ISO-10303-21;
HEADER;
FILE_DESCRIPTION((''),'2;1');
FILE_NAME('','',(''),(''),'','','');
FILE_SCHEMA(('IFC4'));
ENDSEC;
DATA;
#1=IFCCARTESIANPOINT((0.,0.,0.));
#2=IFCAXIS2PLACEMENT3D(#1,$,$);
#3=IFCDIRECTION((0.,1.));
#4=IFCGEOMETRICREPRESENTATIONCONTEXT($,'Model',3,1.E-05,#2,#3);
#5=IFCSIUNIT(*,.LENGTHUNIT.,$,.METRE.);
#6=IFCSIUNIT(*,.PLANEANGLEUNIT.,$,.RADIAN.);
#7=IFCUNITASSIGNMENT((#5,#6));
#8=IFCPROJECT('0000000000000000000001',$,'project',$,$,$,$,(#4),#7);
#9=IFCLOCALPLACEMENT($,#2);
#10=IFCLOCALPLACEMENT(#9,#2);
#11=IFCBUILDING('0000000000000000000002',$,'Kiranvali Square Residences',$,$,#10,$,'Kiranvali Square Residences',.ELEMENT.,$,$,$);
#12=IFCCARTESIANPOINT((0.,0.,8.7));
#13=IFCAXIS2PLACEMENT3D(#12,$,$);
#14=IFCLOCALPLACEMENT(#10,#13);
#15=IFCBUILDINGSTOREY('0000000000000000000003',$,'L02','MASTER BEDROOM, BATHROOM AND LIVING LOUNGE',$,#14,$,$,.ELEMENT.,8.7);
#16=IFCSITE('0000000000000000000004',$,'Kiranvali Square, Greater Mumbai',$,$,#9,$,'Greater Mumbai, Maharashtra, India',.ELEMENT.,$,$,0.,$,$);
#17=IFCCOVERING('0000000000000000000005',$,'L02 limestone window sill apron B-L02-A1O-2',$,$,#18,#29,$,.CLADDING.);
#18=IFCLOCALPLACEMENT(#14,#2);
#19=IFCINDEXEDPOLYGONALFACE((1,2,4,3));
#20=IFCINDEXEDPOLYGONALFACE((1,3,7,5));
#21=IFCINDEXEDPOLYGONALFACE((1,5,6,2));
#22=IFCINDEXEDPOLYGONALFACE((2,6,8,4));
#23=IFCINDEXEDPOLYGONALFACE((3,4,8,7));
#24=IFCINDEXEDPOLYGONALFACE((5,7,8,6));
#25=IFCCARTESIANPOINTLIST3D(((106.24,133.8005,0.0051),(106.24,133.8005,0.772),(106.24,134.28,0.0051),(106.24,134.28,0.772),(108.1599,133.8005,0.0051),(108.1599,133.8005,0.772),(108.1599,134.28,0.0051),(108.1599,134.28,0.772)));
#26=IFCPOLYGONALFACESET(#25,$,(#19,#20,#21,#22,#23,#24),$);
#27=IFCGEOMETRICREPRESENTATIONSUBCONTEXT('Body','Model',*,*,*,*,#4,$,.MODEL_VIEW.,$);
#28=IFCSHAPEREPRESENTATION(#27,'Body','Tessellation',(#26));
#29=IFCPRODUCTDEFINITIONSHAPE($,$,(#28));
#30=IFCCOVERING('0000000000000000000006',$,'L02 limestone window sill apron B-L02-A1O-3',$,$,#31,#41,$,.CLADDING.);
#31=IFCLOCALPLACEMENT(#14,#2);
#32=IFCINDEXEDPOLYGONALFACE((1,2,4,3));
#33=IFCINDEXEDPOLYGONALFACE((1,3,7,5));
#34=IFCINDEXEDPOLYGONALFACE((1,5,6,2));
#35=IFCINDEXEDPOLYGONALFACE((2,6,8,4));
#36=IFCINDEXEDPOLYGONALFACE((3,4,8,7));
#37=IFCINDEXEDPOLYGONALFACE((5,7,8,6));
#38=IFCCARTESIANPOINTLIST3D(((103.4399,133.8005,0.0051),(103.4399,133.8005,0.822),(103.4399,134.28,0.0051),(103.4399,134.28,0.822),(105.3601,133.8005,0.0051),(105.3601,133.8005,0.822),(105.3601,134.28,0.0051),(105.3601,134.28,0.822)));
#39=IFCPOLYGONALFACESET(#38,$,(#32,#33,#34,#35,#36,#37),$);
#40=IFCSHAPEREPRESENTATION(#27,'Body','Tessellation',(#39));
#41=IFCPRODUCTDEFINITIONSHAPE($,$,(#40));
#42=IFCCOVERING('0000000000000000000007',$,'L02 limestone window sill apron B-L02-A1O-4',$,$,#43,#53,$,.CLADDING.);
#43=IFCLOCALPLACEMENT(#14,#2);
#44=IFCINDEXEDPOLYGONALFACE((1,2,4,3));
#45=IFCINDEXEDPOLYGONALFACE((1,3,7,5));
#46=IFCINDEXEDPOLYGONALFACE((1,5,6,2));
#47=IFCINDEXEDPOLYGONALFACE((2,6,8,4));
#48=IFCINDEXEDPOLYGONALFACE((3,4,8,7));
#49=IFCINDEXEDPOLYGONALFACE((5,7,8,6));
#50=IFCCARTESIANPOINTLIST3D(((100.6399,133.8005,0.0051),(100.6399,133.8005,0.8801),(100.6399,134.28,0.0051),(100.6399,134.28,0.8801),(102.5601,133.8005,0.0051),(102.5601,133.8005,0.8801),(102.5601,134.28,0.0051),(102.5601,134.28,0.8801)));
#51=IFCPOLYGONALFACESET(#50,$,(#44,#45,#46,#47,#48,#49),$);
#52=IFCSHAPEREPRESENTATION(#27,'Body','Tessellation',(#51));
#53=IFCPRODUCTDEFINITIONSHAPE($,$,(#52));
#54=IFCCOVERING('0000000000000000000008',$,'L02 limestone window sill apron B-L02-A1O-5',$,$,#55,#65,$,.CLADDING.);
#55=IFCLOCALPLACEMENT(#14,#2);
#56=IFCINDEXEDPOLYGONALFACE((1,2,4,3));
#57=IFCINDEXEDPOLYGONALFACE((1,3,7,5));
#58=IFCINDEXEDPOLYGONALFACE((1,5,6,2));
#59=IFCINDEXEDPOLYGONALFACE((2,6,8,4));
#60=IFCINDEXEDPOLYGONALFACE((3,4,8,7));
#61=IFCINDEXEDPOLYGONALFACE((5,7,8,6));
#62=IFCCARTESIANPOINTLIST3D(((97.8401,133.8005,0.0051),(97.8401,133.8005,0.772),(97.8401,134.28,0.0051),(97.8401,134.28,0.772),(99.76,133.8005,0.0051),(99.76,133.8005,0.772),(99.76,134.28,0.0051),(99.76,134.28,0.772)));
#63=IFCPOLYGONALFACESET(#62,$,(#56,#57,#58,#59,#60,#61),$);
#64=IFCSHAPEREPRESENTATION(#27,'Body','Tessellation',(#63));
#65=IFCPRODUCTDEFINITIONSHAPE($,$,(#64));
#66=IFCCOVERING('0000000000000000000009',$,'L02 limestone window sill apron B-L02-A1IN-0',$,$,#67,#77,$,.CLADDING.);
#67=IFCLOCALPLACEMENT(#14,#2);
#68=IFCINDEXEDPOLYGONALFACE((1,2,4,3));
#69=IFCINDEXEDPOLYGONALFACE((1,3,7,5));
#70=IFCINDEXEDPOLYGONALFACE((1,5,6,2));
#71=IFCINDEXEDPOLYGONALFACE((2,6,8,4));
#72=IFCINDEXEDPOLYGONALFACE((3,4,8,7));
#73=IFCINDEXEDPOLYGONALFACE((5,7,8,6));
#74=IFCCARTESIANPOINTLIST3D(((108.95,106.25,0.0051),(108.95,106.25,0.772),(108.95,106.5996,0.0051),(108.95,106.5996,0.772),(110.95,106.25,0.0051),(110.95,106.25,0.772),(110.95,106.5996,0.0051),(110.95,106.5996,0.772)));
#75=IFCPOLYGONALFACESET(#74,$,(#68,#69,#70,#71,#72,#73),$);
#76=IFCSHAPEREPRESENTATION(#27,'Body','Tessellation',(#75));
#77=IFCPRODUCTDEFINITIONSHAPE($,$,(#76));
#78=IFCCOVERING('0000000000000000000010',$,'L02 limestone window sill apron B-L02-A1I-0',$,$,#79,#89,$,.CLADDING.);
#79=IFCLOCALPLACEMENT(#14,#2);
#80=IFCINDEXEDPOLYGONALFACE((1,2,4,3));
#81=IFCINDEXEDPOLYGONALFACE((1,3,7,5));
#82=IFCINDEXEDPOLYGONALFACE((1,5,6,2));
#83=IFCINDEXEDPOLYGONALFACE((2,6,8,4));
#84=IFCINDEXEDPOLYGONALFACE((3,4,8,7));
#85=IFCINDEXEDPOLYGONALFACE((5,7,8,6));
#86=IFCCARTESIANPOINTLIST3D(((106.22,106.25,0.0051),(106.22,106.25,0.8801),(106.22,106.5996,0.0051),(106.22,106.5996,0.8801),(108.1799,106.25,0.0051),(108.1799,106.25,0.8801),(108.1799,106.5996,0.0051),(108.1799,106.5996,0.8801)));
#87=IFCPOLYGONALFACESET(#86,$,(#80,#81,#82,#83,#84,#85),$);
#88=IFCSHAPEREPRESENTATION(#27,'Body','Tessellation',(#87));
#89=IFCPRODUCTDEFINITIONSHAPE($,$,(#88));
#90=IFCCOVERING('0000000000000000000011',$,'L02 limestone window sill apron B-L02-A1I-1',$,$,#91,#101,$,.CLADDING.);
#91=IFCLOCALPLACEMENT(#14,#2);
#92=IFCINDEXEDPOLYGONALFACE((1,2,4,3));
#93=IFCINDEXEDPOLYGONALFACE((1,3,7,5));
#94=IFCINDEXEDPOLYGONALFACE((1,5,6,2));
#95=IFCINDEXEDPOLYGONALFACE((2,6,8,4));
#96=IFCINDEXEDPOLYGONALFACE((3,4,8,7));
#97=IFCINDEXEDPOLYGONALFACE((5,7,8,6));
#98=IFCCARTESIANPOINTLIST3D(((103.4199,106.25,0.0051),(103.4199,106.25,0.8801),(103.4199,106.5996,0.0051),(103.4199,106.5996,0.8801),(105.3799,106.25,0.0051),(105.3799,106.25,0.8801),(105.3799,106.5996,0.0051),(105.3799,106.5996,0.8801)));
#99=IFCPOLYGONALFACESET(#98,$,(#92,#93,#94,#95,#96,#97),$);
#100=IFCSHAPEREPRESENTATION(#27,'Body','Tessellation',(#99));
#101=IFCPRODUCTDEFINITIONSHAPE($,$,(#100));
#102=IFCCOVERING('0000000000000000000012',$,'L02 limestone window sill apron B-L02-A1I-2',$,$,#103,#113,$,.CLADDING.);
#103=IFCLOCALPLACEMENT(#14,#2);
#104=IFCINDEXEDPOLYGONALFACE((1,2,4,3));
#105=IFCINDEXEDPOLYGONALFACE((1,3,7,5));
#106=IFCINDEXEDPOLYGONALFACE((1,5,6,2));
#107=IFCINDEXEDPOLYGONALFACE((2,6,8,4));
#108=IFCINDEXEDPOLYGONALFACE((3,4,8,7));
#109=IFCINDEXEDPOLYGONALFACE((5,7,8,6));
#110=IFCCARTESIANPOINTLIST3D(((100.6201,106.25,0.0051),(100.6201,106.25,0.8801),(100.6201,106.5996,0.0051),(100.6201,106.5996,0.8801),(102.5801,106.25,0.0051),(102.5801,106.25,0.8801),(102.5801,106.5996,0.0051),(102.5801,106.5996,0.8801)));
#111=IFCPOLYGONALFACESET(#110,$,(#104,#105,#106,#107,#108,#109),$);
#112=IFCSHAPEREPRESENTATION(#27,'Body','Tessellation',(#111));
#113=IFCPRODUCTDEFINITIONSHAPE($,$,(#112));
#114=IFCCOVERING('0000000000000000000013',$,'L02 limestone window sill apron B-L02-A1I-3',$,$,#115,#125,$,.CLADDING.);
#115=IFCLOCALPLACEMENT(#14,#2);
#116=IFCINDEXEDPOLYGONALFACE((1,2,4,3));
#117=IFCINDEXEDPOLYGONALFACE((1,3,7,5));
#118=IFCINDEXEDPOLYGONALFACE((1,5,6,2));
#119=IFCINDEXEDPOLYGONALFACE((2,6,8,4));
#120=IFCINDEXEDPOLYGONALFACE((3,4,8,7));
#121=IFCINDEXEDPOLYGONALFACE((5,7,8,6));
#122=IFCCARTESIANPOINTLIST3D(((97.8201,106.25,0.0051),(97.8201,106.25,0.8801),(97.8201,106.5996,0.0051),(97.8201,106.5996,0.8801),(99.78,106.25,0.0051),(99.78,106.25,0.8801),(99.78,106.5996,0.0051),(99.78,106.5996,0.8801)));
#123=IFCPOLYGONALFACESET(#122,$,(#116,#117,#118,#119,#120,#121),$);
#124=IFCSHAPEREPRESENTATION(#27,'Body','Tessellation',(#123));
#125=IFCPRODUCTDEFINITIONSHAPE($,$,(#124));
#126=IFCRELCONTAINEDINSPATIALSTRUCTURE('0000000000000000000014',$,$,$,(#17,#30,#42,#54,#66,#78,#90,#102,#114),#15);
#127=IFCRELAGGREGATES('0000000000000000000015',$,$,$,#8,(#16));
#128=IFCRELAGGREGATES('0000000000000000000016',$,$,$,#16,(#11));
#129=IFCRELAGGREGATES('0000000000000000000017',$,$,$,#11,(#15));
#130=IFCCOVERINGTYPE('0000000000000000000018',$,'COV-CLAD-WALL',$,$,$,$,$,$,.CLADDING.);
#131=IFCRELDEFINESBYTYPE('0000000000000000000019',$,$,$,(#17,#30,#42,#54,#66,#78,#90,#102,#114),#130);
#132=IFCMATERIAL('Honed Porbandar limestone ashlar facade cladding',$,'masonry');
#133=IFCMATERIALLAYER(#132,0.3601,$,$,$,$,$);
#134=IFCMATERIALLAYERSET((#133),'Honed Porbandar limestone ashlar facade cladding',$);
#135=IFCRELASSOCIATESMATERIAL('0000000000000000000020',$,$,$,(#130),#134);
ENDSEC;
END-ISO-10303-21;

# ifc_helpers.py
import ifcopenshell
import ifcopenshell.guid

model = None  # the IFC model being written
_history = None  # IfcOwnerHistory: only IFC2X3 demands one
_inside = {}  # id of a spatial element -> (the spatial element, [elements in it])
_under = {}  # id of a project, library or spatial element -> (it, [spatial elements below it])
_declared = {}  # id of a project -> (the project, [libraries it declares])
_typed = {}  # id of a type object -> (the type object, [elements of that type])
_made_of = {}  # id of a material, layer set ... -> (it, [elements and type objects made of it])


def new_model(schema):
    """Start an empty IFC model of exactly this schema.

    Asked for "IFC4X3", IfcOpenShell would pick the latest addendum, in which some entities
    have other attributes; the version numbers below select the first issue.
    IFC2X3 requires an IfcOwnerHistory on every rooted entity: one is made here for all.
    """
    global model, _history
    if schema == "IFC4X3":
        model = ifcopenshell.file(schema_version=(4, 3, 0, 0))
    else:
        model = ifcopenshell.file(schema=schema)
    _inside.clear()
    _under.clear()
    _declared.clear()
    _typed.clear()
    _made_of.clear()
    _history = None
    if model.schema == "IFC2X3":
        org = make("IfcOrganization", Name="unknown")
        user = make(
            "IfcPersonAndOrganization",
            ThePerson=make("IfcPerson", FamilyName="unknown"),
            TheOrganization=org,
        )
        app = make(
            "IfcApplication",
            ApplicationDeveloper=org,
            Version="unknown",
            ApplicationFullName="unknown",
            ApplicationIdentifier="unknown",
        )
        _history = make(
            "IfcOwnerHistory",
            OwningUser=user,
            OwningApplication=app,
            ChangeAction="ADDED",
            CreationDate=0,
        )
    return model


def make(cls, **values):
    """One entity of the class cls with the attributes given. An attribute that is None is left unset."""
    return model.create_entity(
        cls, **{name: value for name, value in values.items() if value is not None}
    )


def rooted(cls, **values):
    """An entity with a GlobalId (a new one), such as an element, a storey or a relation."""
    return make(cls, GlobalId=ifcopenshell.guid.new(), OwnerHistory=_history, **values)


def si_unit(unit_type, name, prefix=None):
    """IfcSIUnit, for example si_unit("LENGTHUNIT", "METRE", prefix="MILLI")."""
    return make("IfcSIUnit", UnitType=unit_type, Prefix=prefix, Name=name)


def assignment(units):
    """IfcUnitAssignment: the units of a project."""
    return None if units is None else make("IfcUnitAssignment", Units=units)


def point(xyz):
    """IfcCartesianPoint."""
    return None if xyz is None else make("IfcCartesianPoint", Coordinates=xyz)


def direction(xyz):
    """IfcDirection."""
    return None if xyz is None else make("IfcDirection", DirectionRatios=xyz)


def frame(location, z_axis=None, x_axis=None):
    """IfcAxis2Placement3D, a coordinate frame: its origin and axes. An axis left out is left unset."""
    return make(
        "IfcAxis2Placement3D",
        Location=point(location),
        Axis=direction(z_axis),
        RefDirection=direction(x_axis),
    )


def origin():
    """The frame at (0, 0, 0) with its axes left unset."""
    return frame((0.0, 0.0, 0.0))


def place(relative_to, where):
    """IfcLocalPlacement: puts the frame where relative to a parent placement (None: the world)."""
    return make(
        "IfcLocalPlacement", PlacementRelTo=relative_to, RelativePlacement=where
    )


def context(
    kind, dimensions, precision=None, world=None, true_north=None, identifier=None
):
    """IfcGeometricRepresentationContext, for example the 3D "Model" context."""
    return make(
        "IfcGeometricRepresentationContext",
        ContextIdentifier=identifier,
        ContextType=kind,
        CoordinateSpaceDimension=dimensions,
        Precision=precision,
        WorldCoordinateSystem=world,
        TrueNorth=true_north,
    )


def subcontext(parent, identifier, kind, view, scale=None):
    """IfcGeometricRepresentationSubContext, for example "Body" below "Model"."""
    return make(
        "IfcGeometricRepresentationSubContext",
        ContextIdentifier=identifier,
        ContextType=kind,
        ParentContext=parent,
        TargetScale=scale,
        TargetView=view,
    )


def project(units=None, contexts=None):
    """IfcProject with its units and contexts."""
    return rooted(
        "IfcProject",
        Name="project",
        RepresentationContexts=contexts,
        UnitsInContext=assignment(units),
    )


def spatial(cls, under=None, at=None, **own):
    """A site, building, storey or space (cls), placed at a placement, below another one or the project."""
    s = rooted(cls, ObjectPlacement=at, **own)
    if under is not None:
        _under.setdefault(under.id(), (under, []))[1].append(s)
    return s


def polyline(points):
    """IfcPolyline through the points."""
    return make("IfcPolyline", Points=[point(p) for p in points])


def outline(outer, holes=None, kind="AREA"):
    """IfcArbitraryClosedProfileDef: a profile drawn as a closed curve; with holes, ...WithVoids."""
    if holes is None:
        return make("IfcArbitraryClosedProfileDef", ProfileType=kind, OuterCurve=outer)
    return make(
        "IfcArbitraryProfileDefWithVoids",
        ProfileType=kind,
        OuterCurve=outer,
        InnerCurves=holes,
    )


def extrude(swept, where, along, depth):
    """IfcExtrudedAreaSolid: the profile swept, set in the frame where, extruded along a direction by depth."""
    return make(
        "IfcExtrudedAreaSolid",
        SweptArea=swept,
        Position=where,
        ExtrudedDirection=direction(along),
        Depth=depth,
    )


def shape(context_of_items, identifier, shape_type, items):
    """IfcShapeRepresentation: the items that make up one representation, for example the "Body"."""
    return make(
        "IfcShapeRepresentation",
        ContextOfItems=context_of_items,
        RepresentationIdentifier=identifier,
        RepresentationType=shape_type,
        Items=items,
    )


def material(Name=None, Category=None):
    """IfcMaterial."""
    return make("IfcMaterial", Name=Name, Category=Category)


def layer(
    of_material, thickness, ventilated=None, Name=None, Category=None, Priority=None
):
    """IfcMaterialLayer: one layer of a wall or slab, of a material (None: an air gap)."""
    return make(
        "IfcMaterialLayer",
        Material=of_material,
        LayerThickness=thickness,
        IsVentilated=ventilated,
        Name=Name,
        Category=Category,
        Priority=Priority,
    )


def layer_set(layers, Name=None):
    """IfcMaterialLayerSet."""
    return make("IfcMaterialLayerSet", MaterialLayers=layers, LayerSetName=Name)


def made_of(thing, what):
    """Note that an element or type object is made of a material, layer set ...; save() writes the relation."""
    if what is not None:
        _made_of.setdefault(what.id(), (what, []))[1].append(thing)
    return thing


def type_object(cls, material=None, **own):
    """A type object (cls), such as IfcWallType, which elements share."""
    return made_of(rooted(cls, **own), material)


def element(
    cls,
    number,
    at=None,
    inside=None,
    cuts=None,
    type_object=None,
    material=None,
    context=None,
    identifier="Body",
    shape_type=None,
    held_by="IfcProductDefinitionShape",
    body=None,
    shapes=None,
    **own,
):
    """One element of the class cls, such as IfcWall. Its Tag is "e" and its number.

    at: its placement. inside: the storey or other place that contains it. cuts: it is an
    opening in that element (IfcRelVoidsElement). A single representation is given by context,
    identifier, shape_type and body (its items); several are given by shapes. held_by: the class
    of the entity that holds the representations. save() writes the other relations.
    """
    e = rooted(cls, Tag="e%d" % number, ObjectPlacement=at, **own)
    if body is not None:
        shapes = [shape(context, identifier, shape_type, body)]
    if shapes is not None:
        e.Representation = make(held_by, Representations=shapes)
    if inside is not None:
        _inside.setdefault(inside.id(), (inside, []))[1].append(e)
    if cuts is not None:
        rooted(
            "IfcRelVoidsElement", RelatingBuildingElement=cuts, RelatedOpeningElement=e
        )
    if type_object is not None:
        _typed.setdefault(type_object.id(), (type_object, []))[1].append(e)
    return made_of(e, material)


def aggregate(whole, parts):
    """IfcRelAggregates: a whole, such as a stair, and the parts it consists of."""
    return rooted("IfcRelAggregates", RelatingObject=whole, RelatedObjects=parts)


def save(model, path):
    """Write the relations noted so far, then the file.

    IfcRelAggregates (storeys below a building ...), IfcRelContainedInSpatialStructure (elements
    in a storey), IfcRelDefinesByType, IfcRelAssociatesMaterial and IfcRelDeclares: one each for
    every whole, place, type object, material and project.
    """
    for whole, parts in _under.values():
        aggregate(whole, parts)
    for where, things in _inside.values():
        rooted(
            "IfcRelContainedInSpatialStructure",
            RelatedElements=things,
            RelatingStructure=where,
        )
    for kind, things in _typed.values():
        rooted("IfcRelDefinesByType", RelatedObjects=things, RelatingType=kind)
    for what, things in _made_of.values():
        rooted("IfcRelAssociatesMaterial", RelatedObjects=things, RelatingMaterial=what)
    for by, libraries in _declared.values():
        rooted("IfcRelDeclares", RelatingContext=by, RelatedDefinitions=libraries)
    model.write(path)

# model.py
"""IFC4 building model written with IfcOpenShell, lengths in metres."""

from ifc_helpers import new_model, si_unit, direction, frame, origin, place, context, subcontext, project, spatial, polyline, outline, extrude, material, layer, layer_set, type_object, element, save


model = new_model("IFC4")

# Units and contexts
model_context = context("Model", 3, precision=1e-05, world=origin(), true_north=direction((0.0, 1.0)))
body_context = subcontext(model_context, "Body", "Model", "MODEL_VIEW")
ifc_project = project(units=[si_unit("LENGTHUNIT", "METRE"), si_unit("PLANEANGLEUNIT", "RADIAN")], contexts=[model_context])

# Site, building, storey
site_placement = place(None, origin())
site = spatial("IfcSite", under=ifc_project, at=site_placement, Name="Kiranvali Square, Greater Mumbai", LongName="Greater Mumbai, Maharashtra, India", CompositionType="ELEMENT", RefElevation=0.0)
building_placement = place(site_placement, origin())
building = spatial("IfcBuilding", under=site, at=building_placement, Name="Kiranvali Square Residences", LongName="Kiranvali Square Residences", CompositionType="ELEMENT")
storey_placement = place(building_placement, frame((0.0, 0.0, 8.7)))
storey = spatial("IfcBuildingStorey", under=building, at=storey_placement, Name="L02", Description="MASTER BEDROOM, BATHROOM AND LIVING LOUNGE", CompositionType="ELEMENT", Elevation=8.7)

# Coverings
ifc_material = material(Name="Honed Porbandar limestone ashlar facade cladding", Category="masonry")
ifc_layer_1 = layer(ifc_material, 0.3601)
ifc_layer_set_1 = layer_set([ifc_layer_1], Name="Honed Porbandar limestone ashlar facade cladding")
covering_type_1 = type_object("IfcCoveringType", Name="COV-CLAD-WALL", PredefinedType="CLADDING", material=ifc_layer_set_1)
covering_1_placement = place(storey_placement, frame((0.0, 0.0, 0.0051)))
element("IfcCovering", 1, at=covering_1_placement, inside=storey, type_object=covering_type_1, Name="L02 limestone window sill apron B-L02-A1O-2", PredefinedType="CLADDING", context=body_context, shape_type="SweptSolid", body=[
    extrude(outline(polyline([(108.1599, 134.28), (106.24, 134.28), (106.24, 133.8005), (108.1599, 133.8005), (108.1599, 134.28)])), origin(), (0.0, 0.0, 1.0), 0.7668),
])
covering_2_placement = place(storey_placement, frame((0.0, 0.0, 0.0051)))
element("IfcCovering", 2, at=covering_2_placement, inside=storey, type_object=covering_type_1, Name="L02 limestone window sill apron B-L02-A1O-3", PredefinedType="CLADDING", context=body_context, shape_type="SweptSolid", body=[
    extrude(outline(polyline([(105.3601, 134.28), (103.4399, 134.28), (103.4399, 133.8005), (105.3601, 133.8005), (105.3601, 134.28)])), origin(), (0.0, 0.0, 1.0), 0.8169),
])
covering_3_placement = place(storey_placement, frame((0.0, 0.0, 0.0051)))
element("IfcCovering", 3, at=covering_3_placement, inside=storey, type_object=covering_type_1, Name="L02 limestone window sill apron B-L02-A1O-4", PredefinedType="CLADDING", context=body_context, shape_type="SweptSolid", body=[
    extrude(outline(polyline([(102.5601, 134.28), (100.6399, 134.28), (100.6399, 133.8005), (102.5601, 133.8005), (102.5601, 134.28)])), origin(), (0.0, 0.0, 1.0), 0.875),
])
covering_4_placement = place(storey_placement, frame((0.0, 0.0, 0.0051)))
element("IfcCovering", 4, at=covering_4_placement, inside=storey, type_object=covering_type_1, Name="L02 limestone window sill apron B-L02-A1O-5", PredefinedType="CLADDING", context=body_context, shape_type="SweptSolid", body=[
    extrude(outline(polyline([(99.76, 134.28), (97.8401, 134.28), (97.8401, 133.8005), (99.76, 133.8005), (99.76, 134.28)])), origin(), (0.0, 0.0, 1.0), 0.7668),
])
covering_5_placement = place(storey_placement, frame((0.0, 0.0, 0.0051)))
element("IfcCovering", 5, at=covering_5_placement, inside=storey, type_object=covering_type_1, Name="L02 limestone window sill apron B-L02-A1IN-0", PredefinedType="CLADDING", context=body_context, shape_type="SweptSolid", body=[
    extrude(outline(polyline([(110.95, 106.5996), (108.95, 106.5996), (108.95, 106.25), (110.95, 106.25), (110.95, 106.5996)])), origin(), (0.0, 0.0, 1.0), 0.7668),
])
covering_6_placement = place(storey_placement, frame((0.0, 0.0, 0.0051)))
element("IfcCovering", 6, at=covering_6_placement, inside=storey, type_object=covering_type_1, Name="L02 limestone window sill apron B-L02-A1I-0", PredefinedType="CLADDING", context=body_context, shape_type="SweptSolid", body=[
    extrude(outline(polyline([(108.1799, 106.5996), (106.22, 106.5996), (106.22, 106.25), (108.1799, 106.25), (108.1799, 106.5996)])), origin(), (0.0, 0.0, 1.0), 0.875),
])
covering_7_placement = place(storey_placement, frame((0.0, 0.0, 0.0051)))
element("IfcCovering", 7, at=covering_7_placement, inside=storey, type_object=covering_type_1, Name="L02 limestone window sill apron B-L02-A1I-1", PredefinedType="CLADDING", context=body_context, shape_type="SweptSolid", body=[
    extrude(outline(polyline([(105.3799, 106.5996), (103.4199, 106.5996), (103.4199, 106.25), (105.3799, 106.25), (105.3799, 106.5996)])), origin(), (0.0, 0.0, 1.0), 0.875),
])
covering_8_placement = place(storey_placement, frame((0.0, 0.0, 0.0051)))
element("IfcCovering", 8, at=covering_8_placement, inside=storey, type_object=covering_type_1, Name="L02 limestone window sill apron B-L02-A1I-2", PredefinedType="CLADDING", context=body_context, shape_type="SweptSolid", body=[
    extrude(outline(polyline([(102.5801, 106.5996), (100.6201, 106.5996), (100.6201, 106.25), (102.5801, 106.25), (102.5801, 106.5996)])), origin(), (0.0, 0.0, 1.0), 0.875),
])
covering_9_placement = place(storey_placement, frame((0.0, 0.0, 0.0051)))
element("IfcCovering", 9, at=covering_9_placement, inside=storey, type_object=covering_type_1, Name="L02 limestone window sill apron B-L02-A1I-3", PredefinedType="CLADDING", context=body_context, shape_type="SweptSolid", body=[
    extrude(outline(polyline([(99.78, 106.5996), (97.8201, 106.5996), (97.8201, 106.25), (99.78, 106.25), (99.78, 106.5996)])), origin(), (0.0, 0.0, 1.0), 0.875),
])

save(model, "model.ifc")
